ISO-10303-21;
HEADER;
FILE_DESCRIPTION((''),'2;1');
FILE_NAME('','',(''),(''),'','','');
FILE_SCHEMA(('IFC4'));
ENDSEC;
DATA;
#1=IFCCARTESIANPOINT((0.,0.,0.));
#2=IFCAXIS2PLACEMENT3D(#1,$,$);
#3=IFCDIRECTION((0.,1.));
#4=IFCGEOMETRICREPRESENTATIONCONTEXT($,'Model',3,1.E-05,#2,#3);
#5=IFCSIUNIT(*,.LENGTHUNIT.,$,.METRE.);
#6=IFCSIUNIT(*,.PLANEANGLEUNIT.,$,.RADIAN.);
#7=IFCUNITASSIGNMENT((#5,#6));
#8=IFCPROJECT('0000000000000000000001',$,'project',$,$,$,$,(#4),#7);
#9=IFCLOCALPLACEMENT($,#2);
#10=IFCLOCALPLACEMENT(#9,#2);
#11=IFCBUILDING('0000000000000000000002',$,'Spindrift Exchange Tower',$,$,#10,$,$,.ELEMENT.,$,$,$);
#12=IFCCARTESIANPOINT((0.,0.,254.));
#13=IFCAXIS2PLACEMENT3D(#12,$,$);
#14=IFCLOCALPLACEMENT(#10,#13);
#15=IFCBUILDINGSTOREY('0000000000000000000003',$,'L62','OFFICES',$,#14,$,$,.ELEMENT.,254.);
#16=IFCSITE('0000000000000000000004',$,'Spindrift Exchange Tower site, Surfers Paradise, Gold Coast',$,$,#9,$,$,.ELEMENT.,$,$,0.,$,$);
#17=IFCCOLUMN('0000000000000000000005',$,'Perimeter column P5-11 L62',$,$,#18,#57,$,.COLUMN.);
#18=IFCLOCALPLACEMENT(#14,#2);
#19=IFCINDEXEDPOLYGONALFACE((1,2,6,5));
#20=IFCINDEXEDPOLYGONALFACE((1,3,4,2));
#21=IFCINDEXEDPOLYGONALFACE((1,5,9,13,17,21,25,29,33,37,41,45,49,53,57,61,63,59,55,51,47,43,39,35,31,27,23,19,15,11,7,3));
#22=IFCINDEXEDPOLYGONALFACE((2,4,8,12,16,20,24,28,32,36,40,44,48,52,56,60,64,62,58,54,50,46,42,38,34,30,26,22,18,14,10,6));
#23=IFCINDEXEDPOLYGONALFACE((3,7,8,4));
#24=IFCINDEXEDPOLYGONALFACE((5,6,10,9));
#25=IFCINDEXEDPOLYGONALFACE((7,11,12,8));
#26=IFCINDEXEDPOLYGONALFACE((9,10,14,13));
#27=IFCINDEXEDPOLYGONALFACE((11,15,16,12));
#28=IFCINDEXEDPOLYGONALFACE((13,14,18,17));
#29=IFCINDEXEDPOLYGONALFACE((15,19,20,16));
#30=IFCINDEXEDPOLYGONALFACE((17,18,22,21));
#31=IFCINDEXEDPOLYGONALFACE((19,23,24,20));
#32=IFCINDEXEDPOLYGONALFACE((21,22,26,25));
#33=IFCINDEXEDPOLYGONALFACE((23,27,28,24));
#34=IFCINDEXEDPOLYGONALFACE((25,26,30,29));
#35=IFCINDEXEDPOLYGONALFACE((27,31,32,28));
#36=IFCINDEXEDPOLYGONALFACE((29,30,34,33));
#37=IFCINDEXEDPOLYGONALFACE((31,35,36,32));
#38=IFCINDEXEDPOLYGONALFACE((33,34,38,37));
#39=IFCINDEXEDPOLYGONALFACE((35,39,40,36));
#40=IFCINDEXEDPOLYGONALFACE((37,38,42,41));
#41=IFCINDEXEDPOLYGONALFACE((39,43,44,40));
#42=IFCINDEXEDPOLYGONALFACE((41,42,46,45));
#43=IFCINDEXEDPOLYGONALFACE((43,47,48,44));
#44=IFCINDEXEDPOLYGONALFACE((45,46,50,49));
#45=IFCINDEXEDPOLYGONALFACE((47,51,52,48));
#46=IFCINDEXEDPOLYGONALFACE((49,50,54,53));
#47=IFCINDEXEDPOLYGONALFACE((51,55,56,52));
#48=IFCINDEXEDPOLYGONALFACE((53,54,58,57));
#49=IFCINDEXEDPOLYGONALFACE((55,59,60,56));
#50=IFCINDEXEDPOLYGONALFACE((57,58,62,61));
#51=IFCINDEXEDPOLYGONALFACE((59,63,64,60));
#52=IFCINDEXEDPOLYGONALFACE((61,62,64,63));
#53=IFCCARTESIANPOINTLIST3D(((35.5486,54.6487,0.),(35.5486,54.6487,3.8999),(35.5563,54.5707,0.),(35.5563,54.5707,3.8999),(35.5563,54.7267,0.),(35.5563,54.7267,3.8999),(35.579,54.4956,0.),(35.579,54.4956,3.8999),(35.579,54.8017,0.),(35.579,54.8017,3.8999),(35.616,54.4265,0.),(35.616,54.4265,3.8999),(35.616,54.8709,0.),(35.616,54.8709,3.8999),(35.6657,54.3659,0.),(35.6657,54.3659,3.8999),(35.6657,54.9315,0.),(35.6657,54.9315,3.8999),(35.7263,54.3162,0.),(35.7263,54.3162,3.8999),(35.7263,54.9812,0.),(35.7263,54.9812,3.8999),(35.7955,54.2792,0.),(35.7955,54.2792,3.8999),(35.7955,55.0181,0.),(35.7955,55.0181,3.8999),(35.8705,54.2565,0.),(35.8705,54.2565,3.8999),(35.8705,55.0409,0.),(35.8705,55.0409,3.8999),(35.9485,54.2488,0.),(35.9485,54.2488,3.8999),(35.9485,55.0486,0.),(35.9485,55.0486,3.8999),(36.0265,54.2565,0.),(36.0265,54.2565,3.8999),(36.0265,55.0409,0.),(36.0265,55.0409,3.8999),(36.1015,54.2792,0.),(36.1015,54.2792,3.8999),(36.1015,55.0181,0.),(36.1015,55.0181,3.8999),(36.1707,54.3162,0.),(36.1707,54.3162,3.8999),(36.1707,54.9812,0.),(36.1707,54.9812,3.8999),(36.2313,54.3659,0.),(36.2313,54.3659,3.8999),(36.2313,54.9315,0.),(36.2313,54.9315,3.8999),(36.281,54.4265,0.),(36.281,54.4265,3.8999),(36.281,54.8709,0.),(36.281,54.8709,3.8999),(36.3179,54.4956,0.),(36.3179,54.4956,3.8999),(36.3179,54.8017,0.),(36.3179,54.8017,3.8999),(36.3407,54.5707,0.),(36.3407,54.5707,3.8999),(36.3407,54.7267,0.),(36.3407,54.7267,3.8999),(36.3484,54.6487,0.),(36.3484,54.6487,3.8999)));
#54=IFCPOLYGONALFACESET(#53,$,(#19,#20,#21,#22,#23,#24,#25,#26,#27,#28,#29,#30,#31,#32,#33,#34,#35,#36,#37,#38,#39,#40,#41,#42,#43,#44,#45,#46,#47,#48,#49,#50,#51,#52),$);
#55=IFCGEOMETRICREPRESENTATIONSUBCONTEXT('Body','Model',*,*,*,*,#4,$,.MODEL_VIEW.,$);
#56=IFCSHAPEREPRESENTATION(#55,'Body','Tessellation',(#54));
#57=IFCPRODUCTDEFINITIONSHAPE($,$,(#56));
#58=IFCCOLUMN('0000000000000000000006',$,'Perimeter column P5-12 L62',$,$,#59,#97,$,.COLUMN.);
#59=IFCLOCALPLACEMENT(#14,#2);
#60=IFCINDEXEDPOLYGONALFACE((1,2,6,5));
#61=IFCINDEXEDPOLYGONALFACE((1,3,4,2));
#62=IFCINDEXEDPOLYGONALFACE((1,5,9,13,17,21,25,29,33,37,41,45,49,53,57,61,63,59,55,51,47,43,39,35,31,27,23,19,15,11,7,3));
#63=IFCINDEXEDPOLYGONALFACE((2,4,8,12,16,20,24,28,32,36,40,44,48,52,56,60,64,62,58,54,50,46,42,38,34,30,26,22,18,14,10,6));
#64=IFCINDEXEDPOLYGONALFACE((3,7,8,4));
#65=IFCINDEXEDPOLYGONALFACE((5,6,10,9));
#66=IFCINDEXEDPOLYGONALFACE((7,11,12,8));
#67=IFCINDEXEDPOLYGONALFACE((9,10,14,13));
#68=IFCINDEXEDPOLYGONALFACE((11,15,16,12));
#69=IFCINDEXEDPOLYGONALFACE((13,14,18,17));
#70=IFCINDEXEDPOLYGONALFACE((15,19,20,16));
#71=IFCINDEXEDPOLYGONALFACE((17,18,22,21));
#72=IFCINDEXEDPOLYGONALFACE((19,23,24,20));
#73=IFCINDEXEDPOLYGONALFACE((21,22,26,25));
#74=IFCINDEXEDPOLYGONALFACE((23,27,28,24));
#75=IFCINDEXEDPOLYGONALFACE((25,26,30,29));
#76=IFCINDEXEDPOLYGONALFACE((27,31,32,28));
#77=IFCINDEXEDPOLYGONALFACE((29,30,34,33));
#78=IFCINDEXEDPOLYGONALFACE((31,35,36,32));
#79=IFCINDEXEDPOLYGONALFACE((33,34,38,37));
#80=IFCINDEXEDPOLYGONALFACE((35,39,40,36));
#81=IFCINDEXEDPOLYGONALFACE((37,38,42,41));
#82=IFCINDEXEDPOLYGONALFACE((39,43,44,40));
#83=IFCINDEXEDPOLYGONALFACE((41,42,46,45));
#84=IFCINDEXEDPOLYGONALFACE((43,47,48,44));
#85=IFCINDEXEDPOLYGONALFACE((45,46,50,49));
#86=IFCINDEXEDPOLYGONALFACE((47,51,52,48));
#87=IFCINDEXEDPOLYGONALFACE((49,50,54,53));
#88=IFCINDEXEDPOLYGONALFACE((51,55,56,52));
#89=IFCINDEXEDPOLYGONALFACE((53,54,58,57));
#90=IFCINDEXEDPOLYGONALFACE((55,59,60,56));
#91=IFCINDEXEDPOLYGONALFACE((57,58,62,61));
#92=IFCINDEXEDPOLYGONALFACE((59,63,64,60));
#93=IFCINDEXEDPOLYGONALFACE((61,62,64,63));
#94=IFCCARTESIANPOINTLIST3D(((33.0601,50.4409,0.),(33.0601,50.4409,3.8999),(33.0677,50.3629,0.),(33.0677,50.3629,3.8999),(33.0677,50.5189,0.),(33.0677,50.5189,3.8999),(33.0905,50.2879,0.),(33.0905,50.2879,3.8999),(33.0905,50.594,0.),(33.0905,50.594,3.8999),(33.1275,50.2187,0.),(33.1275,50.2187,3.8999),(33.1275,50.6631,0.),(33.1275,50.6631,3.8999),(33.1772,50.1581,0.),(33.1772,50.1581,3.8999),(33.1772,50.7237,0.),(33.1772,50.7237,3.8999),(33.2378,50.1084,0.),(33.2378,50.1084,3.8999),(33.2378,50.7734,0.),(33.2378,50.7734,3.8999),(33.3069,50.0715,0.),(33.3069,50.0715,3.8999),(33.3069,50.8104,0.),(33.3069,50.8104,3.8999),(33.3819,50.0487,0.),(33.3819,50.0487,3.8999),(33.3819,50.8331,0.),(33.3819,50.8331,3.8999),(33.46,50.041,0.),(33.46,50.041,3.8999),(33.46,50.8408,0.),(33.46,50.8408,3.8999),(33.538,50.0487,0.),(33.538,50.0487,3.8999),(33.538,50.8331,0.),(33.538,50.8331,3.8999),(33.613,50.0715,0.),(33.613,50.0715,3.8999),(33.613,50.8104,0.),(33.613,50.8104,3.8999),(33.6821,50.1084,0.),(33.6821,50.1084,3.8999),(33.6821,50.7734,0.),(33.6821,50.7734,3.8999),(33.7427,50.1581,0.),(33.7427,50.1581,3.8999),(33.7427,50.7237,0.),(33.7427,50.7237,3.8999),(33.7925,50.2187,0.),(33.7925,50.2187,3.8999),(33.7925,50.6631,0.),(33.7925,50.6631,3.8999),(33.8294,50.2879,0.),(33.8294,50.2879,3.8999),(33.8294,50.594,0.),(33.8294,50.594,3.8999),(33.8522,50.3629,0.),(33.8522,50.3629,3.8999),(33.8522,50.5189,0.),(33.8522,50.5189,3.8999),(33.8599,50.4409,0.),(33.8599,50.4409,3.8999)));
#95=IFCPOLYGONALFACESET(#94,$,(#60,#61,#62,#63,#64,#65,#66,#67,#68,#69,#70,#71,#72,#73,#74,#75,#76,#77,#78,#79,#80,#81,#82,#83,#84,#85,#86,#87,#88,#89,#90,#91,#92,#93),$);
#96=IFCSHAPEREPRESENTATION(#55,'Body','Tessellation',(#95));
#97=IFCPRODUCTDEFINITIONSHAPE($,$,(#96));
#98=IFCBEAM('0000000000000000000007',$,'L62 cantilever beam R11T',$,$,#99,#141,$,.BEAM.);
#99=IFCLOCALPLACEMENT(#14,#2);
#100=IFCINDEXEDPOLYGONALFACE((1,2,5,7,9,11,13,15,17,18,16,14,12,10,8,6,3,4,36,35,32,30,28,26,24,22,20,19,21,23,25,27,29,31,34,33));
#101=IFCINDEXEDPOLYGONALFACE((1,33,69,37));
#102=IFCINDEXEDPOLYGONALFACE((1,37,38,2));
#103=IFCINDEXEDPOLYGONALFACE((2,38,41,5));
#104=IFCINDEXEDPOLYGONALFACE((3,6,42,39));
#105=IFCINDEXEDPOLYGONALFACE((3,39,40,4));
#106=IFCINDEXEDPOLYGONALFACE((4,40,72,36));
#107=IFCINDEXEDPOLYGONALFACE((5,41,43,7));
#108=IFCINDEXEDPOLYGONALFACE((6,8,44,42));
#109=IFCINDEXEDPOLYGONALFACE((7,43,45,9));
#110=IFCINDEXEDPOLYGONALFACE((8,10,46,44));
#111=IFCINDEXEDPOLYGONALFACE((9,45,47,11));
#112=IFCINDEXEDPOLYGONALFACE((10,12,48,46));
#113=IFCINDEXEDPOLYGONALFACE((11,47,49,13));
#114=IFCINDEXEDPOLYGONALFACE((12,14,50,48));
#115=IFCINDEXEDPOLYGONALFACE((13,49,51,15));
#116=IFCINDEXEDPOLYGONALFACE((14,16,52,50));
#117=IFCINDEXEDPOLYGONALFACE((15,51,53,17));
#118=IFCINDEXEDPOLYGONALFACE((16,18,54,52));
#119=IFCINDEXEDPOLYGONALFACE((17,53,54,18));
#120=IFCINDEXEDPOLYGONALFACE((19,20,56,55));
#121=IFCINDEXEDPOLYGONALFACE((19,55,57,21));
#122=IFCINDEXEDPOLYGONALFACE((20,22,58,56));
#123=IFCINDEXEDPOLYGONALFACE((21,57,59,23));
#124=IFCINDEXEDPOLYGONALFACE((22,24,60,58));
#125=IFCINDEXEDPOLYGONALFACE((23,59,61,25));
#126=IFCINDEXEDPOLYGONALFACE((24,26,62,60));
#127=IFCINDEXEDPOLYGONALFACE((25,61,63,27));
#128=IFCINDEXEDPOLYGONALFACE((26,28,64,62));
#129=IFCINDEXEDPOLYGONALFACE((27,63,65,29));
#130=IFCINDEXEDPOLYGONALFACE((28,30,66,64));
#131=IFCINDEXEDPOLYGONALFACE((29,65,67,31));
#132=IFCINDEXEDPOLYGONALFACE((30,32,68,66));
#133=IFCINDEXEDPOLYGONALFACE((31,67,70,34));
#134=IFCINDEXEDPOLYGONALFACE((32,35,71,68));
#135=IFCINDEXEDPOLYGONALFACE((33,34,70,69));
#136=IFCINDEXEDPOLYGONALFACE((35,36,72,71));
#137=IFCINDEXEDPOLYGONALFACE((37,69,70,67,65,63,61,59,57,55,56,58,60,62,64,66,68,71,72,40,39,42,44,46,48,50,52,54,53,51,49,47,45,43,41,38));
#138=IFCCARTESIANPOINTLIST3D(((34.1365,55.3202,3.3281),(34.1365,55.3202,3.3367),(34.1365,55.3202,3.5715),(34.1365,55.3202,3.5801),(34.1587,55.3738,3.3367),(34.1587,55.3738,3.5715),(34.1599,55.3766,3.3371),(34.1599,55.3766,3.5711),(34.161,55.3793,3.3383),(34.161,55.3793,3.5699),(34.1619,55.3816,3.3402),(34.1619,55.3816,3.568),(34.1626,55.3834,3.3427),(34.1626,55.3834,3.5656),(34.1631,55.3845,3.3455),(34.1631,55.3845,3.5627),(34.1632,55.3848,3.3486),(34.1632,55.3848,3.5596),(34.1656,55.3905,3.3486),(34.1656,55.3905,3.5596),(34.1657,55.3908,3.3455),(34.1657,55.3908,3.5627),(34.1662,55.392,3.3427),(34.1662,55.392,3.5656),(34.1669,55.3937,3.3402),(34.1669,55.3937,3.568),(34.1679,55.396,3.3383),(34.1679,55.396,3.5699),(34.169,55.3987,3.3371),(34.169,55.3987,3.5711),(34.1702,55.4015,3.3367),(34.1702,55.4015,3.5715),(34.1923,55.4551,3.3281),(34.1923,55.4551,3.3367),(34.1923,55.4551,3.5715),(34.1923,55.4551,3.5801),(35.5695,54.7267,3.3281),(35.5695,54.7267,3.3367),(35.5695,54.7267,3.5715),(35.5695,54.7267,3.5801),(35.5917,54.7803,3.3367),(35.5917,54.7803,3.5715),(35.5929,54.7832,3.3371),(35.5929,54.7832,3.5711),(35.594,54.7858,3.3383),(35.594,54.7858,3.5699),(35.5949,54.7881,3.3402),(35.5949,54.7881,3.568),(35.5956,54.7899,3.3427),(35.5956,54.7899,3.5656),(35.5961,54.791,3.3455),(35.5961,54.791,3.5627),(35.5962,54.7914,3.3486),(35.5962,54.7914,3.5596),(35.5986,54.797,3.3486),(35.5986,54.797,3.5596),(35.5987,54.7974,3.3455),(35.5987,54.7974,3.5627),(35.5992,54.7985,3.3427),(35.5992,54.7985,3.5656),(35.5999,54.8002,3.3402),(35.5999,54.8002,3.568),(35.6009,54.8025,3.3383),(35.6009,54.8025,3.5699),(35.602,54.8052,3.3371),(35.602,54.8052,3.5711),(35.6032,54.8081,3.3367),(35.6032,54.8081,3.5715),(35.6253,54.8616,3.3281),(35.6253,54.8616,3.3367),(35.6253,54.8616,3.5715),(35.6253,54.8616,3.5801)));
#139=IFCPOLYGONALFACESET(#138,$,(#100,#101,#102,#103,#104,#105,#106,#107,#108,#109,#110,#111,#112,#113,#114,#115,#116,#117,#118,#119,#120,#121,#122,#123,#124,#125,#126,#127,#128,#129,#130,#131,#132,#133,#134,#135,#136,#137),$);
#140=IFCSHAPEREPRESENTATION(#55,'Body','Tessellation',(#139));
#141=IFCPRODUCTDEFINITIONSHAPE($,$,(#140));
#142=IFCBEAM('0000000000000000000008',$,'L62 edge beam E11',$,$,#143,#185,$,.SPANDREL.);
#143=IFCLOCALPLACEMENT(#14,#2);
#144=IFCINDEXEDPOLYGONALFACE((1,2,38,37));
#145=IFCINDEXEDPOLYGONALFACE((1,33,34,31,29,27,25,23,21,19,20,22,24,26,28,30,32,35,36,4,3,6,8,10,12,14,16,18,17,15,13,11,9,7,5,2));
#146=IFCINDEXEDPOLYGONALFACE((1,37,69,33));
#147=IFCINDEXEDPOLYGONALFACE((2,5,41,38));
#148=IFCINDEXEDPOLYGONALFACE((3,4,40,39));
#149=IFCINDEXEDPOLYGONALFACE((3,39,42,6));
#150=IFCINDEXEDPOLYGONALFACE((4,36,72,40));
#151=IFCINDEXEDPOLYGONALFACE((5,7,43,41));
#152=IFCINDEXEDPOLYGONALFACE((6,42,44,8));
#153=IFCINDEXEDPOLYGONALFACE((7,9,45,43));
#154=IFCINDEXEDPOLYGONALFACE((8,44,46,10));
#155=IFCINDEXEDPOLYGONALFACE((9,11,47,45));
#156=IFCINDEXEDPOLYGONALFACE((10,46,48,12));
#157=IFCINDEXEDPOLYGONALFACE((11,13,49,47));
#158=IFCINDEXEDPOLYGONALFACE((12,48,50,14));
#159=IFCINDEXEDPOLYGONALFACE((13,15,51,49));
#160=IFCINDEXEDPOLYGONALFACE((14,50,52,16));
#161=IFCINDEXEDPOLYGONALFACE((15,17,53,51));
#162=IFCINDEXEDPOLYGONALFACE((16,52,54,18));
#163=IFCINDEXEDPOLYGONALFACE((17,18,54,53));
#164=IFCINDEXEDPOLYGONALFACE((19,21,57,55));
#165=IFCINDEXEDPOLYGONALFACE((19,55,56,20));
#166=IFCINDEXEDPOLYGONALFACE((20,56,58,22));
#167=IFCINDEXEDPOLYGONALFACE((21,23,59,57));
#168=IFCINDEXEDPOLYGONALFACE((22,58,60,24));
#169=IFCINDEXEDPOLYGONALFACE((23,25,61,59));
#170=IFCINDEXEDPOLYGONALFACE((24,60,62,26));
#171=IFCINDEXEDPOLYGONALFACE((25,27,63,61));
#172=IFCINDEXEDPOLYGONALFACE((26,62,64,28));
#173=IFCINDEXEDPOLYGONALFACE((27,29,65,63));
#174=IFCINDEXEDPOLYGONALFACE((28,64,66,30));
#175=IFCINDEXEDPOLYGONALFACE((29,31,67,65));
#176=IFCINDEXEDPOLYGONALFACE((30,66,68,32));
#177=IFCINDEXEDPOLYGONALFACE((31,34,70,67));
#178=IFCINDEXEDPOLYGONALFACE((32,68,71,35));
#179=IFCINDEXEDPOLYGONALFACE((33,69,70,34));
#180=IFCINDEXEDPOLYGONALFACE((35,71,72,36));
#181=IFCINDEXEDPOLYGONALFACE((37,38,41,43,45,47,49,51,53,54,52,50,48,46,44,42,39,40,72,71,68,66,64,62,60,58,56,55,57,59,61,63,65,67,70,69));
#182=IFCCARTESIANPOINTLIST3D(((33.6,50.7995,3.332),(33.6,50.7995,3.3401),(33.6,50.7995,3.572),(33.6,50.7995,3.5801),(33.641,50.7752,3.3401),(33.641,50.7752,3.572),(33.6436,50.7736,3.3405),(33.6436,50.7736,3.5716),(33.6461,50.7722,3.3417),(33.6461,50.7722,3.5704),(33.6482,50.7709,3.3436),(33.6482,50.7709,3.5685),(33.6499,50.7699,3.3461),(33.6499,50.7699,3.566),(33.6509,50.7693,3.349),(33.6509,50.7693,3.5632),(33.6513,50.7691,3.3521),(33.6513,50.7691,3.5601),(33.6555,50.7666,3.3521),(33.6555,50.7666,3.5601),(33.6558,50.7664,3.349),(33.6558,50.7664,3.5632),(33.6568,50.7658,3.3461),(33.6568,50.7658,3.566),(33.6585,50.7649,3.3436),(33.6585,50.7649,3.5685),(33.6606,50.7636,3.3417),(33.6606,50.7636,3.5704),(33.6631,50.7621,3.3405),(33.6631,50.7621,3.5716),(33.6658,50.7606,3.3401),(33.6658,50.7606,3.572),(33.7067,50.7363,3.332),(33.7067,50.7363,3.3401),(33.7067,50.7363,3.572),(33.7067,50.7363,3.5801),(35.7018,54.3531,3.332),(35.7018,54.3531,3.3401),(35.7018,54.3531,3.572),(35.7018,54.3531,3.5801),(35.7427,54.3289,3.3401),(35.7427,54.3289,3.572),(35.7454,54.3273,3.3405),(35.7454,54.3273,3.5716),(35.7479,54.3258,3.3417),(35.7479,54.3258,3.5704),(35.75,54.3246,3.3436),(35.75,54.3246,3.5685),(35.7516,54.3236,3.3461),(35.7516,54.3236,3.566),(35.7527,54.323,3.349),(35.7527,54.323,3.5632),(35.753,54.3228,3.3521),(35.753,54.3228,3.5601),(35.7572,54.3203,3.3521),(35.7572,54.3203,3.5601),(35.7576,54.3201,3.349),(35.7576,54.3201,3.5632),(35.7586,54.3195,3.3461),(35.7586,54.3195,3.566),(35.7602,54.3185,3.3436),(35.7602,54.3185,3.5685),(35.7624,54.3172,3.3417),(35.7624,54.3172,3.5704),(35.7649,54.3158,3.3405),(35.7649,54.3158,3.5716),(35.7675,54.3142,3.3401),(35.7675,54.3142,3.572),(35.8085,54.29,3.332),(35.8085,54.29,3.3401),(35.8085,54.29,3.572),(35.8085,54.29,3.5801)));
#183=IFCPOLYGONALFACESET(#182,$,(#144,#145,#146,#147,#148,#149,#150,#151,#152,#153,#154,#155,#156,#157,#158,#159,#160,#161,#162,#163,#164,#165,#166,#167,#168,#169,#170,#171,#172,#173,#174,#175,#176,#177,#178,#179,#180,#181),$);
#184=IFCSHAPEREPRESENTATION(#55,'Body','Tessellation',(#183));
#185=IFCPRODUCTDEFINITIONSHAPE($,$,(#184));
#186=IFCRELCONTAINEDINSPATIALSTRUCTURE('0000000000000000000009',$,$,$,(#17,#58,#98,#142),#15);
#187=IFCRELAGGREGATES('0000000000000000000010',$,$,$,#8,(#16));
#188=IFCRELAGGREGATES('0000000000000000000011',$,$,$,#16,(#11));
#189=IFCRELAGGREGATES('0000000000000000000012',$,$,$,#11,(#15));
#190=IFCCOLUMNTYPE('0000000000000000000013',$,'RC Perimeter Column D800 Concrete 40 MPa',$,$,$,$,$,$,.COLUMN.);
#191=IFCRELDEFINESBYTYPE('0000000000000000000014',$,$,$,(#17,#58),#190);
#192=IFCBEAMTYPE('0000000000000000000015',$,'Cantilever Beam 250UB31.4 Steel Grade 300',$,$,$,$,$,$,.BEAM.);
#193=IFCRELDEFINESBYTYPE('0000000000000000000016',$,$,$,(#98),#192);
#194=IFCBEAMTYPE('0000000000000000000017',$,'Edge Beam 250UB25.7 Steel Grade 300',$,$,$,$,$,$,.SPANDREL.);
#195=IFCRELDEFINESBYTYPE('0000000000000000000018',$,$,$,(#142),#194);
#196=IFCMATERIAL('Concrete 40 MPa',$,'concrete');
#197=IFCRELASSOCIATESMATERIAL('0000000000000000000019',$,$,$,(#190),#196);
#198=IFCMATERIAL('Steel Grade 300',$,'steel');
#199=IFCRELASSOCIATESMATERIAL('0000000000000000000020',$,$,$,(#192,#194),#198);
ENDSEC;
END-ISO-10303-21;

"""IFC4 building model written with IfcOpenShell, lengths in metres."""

from ifc_helpers import new_model, si_unit, direction, frame, origin, origin_2d, place, context, subcontext, project, spatial, circle, i_section, extrude, source, transform, mapped, material, material_profile, profile_set, type_object, element, save


model = new_model("IFC4")

# Units and contexts
model_context = context("Model", 3, precision=1e-05, world=origin(), true_north=direction((0.0, 1.0)))
body_context = subcontext(model_context, "Body", "Model", "MODEL_VIEW")
ifc_project = project(units=[si_unit("LENGTHUNIT", "METRE"), si_unit("PLANEANGLEUNIT", "RADIAN")], contexts=[model_context])

# Site, building, storey
site_placement = place(None, origin())
site = spatial("IfcSite", under=ifc_project, at=site_placement, Name="Spindrift Exchange Tower site, Surfers Paradise, Gold Coast", CompositionType="ELEMENT", RefElevation=0.0)
building_placement = place(site_placement, origin())
building = spatial("IfcBuilding", under=site, at=building_placement, Name="Spindrift Exchange Tower", CompositionType="ELEMENT")
storey_placement = place(building_placement, frame((0.0, 0.0, 254.0)))
storey = spatial("IfcBuildingStorey", under=building, at=storey_placement, Name="L62", Description="OFFICES", CompositionType="ELEMENT", Elevation=254.0)

# Columns
ifc_material_1 = material(Name="Concrete 40 MPa", Category="concrete")
ifc_material_profile_1 = material_profile(ifc_material_1, circle(Radius=0.3999, at=origin_2d()), Name="RC D800")
ifc_profile_set_1 = profile_set([ifc_material_profile_1], Name="Concrete 40 MPa")
column_type = type_object("IfcColumnType", Name="RC Perimeter Column D800 Concrete 40 MPa", PredefinedType="COLUMN", material=ifc_profile_set_1)
shared_shape_1 = source(origin(), body_context, "Body", "SweptSolid", [
    extrude(circle(Radius=0.3999, at=origin_2d()), origin(), (0.0, 0.0, 1.0), 3.8999),
])
for number, where, z_axis, x_axis, name in (
    (1, (35.9485, 54.6487, 0.0), (0.0, 0.0, 1.0), (1.0, 0.0, 0.0), "Perimeter column P5-11 L62"),
    (2, (33.46, 50.4409, 0.0), (0.0, 0.0, 1.0), (1.0, 0.0, 0.0), "Perimeter column P5-12 L62"),
):
    element("IfcColumn", number, at=place(storey_placement, frame(where, z_axis=z_axis, x_axis=x_axis)), inside=storey, type_object=column_type, Name=name, PredefinedType="COLUMN", context=body_context, shape_type="MappedRepresentation", body=[
        mapped(shared_shape_1, transform((0.0, 0.0, 0.0), scale=1.0)),
    ])

# Beams
ifc_material_2 = material(Name="Steel Grade 300", Category="steel")
ifc_material_profile_2 = material_profile(ifc_material_2, i_section(OverallWidth=0.146, OverallDepth=0.252, WebThickness=0.0061, FlangeThickness=0.0085, FilletRadius=0.012, at=origin_2d()), Name="250UB31.4")
ifc_profile_set_2 = profile_set([ifc_material_profile_2], Name="Steel Grade 300")
beam_type_1 = type_object("IfcBeamType", Name="Cantilever Beam 250UB31.4 Steel Grade 300", PredefinedType="BEAM", material=ifc_profile_set_2)
shared_shape_2 = source(origin(), body_context, "Body", "SweptSolid", [
    extrude(i_section(OverallWidth=0.146, OverallDepth=0.252, WebThickness=0.0061, FlangeThickness=0.0085, FilletRadius=0.012, at=origin_2d()), origin(), (0.0, 0.0, 1.0), 1.551),
])
beam_1_placement = place(storey_placement, frame((35.5974, 54.7942, 3.4541), z_axis=(-0.923904, 0.382625, 0.0), x_axis=(-0.382625, -0.923904, 0.0)))
element("IfcBeam", 3, at=beam_1_placement, inside=storey, type_object=beam_type_1, Name="L62 cantilever beam R11T", PredefinedType="BEAM", context=body_context, shape_type="MappedRepresentation", body=[
    mapped(shared_shape_2, transform((0.0, 0.0, 0.0), scale=1.0)),
])
ifc_material_profile_3 = material_profile(ifc_material_2, i_section(OverallWidth=0.124, OverallDepth=0.248, WebThickness=0.0049, FlangeThickness=0.0081, FilletRadius=0.012, at=origin_2d()), Name="250UB25.7")
ifc_profile_set_3 = profile_set([ifc_material_profile_3], Name="Steel Grade 300")
beam_type_2 = type_object("IfcBeamType", Name="Edge Beam 250UB25.7 Steel Grade 300", PredefinedType="SPANDREL", material=ifc_profile_set_3)
shared_shape_3 = source(origin(), body_context, "Body", "SweptSolid", [
    extrude(i_section(OverallWidth=0.124, OverallDepth=0.248, WebThickness=0.0049, FlangeThickness=0.0081, FilletRadius=0.012, at=origin_2d()), origin(), (0.0, 0.0, 1.0), 4.1287),
])
beam_2_placement = place(storey_placement, frame((35.7551, 54.3215, 3.4561), z_axis=(-0.509068, -0.860726, 0.0), x_axis=(0.860726, -0.509068, 0.0)))
element("IfcBeam", 4, at=beam_2_placement, inside=storey, type_object=beam_type_2, Name="L62 edge beam E11", PredefinedType="SPANDREL", context=body_context, shape_type="MappedRepresentation", body=[
    mapped(shared_shape_3, transform((0.0, 0.0, 0.0), scale=1.0)),
])

save(model, "model.ifc")
